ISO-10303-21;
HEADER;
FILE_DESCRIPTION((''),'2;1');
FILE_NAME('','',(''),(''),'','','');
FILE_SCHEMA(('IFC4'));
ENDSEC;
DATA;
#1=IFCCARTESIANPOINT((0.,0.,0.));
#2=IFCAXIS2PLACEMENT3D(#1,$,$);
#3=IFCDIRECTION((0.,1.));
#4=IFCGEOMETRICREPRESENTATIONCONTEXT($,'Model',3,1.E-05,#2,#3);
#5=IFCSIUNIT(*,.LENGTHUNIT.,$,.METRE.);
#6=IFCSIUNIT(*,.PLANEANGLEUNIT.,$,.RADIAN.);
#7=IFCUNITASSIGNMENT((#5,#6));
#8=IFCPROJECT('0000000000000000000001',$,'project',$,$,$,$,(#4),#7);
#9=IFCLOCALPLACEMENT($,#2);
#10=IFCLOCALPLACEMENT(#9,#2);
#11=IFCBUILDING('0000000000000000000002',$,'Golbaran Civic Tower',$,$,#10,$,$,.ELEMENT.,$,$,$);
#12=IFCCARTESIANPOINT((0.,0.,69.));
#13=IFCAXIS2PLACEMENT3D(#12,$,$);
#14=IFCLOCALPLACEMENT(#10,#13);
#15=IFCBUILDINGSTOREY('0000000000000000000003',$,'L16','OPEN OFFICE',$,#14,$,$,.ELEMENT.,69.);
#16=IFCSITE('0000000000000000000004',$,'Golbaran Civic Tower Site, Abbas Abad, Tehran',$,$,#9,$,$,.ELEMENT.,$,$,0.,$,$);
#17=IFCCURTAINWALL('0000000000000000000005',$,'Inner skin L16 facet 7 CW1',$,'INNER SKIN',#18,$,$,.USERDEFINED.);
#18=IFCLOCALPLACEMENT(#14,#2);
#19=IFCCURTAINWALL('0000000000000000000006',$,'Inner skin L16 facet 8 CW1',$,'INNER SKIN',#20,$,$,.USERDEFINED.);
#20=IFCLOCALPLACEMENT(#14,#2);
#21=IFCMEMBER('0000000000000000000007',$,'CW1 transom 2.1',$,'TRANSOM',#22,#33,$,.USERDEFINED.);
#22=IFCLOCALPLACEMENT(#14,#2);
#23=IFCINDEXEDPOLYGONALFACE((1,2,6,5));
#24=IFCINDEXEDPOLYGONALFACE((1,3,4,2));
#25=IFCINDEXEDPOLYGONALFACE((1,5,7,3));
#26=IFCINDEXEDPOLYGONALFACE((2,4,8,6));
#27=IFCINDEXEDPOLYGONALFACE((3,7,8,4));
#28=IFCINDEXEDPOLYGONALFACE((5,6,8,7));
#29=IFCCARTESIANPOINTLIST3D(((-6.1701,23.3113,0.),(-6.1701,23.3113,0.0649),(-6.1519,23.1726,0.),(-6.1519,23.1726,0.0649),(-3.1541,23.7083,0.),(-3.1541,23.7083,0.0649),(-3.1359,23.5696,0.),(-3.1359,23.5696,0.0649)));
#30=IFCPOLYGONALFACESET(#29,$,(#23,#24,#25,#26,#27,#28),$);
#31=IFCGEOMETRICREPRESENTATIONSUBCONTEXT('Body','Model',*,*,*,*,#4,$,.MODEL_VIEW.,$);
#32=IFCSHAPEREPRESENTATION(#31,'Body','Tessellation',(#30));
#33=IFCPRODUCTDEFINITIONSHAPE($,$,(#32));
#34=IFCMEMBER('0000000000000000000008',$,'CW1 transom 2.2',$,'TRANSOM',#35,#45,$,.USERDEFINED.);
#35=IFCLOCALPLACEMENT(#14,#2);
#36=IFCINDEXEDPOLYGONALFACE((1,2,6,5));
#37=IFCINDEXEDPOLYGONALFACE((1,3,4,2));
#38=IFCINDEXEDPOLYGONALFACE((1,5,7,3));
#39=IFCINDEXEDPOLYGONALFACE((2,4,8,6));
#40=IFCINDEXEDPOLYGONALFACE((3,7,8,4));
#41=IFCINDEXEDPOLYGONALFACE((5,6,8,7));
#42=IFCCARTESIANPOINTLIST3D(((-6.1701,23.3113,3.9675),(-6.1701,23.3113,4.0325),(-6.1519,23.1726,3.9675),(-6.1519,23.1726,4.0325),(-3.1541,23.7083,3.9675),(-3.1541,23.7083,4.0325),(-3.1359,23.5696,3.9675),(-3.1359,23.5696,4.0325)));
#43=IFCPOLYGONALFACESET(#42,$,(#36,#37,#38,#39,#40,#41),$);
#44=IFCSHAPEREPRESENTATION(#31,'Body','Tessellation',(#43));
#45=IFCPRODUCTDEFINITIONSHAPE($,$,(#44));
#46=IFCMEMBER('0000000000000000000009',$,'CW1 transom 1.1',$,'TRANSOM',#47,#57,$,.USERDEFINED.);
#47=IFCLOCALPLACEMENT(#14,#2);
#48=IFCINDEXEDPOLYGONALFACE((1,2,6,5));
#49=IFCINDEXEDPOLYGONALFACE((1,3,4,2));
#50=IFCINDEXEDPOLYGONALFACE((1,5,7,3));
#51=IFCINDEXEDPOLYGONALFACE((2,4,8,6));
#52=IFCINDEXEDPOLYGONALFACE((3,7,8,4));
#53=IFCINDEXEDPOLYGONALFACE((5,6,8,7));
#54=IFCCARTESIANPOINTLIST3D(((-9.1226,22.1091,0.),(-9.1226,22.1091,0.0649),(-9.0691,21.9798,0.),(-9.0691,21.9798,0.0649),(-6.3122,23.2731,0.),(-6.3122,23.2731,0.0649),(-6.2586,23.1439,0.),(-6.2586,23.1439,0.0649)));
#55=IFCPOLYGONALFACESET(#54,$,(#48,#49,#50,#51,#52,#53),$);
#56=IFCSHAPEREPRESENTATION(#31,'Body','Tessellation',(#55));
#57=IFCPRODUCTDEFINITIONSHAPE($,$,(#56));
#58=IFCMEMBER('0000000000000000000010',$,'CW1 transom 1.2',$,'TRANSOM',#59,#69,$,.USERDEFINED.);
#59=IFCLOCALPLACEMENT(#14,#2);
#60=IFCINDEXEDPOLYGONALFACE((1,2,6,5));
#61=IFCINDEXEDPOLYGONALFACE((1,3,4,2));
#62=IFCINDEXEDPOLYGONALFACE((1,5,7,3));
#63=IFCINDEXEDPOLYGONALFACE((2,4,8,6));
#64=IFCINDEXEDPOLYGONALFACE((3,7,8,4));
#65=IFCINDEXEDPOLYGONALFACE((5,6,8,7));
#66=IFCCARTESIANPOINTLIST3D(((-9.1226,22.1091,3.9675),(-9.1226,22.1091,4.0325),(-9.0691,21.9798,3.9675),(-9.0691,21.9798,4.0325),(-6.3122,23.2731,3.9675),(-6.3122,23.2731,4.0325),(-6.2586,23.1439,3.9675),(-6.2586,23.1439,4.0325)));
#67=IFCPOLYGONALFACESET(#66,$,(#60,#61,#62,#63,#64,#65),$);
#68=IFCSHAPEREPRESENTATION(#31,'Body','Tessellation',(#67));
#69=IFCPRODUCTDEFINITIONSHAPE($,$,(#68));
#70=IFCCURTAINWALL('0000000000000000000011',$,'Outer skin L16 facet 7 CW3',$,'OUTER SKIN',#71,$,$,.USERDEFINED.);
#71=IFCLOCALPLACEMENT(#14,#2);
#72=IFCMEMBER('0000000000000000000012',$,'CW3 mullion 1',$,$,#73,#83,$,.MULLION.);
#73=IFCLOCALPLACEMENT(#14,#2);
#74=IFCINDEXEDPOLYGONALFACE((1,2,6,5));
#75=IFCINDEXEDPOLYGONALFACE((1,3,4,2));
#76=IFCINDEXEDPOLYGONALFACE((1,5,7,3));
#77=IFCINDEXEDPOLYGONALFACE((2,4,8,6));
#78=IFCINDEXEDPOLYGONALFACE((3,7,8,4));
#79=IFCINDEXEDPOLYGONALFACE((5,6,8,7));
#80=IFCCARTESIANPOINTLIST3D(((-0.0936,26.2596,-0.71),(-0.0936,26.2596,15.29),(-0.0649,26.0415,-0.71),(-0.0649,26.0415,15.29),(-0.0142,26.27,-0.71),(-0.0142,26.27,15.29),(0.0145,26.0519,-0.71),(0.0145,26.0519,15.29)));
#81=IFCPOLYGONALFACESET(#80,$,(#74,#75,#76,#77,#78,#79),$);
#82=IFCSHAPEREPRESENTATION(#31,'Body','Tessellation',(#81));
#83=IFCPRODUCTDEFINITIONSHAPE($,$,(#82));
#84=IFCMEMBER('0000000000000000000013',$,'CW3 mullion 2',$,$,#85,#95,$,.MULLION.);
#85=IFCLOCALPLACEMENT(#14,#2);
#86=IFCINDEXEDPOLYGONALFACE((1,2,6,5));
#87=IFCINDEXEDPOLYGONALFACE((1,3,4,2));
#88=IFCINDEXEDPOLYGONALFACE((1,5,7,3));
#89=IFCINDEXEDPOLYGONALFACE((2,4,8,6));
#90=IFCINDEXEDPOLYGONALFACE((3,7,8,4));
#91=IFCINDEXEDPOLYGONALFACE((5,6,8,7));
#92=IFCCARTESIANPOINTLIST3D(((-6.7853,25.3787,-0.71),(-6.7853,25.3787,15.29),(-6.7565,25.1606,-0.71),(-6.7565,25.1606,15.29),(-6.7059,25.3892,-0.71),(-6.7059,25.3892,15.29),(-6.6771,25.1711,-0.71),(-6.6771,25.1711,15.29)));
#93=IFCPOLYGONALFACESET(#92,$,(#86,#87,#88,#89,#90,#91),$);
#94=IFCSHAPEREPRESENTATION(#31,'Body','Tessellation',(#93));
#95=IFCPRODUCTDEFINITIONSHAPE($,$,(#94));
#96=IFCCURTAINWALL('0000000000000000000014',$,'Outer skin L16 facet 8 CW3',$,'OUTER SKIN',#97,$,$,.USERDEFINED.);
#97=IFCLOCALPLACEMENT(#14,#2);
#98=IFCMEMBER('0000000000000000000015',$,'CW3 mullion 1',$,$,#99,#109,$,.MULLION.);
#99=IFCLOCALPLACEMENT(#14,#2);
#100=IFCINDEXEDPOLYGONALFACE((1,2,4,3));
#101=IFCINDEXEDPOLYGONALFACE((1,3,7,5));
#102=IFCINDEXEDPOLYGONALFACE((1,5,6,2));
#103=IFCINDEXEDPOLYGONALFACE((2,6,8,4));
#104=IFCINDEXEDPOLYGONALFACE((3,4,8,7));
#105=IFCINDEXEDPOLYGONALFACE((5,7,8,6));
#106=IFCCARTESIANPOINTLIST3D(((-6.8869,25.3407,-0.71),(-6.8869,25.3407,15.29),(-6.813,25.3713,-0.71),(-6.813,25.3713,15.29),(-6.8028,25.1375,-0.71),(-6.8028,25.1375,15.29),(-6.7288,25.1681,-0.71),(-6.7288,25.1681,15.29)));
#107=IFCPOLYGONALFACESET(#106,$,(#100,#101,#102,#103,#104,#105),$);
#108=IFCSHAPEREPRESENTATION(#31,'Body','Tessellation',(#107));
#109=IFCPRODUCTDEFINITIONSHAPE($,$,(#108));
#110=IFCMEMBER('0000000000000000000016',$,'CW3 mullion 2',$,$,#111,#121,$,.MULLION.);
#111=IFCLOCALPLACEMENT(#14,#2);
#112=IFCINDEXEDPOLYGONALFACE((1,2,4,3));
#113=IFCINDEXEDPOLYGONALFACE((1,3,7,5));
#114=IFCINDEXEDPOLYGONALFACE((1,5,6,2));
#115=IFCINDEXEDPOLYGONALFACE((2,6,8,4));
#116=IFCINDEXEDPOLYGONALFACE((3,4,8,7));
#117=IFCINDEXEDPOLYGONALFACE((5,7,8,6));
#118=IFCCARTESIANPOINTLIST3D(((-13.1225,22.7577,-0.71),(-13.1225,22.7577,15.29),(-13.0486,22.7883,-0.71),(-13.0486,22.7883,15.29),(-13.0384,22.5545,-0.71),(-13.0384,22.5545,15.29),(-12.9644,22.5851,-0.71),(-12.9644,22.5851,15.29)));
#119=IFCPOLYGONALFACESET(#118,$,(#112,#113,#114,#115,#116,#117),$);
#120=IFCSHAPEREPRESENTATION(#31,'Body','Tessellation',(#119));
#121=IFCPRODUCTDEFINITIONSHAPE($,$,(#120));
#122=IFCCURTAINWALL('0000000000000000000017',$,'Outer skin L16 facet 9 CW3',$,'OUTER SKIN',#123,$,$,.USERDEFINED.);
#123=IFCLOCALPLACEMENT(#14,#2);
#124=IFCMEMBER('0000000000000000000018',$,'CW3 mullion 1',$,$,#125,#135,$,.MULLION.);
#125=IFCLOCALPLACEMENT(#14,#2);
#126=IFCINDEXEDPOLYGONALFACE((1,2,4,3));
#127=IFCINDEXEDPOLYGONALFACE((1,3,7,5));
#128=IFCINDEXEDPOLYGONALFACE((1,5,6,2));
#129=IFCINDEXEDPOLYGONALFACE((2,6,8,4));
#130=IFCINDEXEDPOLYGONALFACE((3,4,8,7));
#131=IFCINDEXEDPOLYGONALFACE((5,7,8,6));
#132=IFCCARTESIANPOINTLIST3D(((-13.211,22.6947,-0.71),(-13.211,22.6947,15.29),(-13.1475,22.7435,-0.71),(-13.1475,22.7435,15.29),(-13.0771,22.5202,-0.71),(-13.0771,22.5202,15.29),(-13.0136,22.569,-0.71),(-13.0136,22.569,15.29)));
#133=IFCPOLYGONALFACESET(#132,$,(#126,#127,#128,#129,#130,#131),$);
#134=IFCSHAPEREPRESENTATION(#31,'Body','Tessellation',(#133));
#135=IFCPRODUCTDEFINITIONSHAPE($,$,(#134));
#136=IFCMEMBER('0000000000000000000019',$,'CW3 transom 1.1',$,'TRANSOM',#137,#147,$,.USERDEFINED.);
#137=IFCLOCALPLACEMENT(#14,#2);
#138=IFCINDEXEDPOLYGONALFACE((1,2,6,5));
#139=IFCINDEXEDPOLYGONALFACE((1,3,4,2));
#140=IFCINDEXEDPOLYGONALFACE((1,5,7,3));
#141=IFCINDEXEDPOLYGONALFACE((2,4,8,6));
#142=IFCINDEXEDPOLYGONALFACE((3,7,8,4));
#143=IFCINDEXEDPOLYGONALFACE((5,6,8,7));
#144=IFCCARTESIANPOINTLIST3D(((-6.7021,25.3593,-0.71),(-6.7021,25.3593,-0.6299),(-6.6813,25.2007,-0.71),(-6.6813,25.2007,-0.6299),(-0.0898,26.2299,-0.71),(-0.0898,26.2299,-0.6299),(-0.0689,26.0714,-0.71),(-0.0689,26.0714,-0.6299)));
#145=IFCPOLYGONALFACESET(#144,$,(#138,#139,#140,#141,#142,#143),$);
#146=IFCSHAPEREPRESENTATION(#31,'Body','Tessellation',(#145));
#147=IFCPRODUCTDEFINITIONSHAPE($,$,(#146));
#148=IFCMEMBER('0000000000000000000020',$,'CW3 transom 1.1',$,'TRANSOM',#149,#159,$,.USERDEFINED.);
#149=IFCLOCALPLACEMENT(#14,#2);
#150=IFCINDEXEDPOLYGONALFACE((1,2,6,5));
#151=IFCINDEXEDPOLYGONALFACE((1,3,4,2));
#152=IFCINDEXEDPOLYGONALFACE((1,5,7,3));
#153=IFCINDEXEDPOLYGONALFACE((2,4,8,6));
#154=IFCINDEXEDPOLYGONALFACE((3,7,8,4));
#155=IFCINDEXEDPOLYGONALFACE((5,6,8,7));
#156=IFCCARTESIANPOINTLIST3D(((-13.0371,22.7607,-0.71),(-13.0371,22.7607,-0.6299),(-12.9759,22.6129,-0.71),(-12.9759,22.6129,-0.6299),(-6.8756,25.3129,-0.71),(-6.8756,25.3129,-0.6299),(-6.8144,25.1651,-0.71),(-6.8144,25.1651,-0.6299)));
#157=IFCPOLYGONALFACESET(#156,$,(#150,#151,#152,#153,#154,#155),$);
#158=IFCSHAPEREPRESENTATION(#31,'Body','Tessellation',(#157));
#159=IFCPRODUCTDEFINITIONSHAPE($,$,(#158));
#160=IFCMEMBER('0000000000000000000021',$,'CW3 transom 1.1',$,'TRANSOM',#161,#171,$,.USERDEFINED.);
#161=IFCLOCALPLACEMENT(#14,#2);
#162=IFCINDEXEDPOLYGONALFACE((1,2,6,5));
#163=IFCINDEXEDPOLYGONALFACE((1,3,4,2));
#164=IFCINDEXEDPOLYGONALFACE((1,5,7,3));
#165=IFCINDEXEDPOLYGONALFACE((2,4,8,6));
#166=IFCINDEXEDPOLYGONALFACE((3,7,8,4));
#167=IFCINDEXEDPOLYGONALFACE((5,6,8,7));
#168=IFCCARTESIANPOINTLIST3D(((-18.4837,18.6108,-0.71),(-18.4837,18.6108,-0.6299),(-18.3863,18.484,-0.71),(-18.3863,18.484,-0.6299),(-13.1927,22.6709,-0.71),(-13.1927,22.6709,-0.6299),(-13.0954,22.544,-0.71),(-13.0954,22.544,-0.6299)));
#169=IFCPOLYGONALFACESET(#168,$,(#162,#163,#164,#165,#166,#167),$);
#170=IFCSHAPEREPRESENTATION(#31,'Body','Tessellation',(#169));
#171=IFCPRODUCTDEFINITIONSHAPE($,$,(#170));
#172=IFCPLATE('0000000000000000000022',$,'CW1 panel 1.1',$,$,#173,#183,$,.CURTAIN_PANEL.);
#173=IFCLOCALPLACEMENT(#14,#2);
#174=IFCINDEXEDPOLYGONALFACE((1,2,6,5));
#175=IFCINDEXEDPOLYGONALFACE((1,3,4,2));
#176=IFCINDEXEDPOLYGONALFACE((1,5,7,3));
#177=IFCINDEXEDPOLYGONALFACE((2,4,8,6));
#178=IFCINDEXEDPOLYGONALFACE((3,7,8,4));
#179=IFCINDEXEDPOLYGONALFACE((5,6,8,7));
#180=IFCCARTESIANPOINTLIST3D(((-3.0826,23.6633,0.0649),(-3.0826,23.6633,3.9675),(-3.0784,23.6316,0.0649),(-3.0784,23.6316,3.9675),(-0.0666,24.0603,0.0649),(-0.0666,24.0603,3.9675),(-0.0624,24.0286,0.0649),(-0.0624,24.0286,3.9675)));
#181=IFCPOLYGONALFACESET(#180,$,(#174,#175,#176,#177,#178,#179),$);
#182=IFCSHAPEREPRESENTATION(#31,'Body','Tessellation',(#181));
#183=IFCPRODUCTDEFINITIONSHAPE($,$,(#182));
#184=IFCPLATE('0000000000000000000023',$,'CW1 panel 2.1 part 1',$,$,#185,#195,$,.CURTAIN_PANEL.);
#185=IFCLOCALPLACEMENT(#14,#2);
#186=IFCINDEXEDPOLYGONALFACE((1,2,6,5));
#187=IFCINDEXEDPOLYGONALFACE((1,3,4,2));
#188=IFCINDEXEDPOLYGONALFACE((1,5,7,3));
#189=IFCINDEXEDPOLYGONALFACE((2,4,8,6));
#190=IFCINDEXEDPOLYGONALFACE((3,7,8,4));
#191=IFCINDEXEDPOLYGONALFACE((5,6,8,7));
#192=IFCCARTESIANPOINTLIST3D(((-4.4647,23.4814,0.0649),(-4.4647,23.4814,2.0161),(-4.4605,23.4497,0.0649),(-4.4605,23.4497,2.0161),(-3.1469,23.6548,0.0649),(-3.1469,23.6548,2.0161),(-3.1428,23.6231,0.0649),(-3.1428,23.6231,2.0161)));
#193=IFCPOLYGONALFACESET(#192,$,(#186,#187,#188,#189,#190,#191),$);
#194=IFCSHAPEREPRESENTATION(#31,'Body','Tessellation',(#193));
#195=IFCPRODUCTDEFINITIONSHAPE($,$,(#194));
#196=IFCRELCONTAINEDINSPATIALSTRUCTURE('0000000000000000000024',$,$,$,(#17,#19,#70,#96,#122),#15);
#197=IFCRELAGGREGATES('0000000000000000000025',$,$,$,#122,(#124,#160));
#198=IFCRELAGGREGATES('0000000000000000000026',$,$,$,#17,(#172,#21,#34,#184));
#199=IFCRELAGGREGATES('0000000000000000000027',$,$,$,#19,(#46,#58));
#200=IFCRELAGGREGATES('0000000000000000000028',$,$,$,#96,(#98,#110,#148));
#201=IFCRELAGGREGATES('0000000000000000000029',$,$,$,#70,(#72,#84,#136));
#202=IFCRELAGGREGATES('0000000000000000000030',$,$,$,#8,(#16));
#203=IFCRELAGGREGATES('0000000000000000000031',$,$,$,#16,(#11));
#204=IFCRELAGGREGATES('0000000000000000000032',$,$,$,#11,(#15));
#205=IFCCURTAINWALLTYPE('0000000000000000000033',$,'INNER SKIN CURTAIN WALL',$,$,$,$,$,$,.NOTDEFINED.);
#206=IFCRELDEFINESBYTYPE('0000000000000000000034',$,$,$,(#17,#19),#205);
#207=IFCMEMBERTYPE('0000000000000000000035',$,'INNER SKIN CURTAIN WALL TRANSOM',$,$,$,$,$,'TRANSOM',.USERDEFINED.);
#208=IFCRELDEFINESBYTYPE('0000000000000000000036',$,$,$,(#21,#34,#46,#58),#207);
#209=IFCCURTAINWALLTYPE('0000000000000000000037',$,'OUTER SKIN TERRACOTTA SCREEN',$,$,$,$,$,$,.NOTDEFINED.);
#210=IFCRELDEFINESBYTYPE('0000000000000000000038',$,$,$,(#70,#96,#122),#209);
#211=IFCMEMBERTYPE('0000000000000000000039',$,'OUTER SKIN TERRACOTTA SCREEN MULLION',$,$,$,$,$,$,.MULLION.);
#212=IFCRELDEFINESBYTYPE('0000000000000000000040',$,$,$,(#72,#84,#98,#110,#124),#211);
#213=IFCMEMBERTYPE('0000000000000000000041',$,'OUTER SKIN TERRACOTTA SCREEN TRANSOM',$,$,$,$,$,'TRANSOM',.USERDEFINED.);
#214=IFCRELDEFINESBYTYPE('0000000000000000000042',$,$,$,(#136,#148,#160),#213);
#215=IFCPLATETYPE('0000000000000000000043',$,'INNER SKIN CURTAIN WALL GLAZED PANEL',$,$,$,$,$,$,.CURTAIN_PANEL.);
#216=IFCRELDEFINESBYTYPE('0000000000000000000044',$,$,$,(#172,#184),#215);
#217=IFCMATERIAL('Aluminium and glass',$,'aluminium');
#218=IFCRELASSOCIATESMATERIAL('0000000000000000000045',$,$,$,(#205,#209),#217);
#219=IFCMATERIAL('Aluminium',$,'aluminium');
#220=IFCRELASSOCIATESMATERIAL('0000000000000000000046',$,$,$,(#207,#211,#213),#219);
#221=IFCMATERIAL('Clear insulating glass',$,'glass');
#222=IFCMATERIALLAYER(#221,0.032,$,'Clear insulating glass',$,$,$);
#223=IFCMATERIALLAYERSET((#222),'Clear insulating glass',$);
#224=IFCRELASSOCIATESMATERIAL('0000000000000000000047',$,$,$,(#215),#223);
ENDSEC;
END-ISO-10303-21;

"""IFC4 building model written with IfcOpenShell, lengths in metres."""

from ifc_helpers import new_model, si_unit, direction, frame, origin, origin_2d, place, context, subcontext, project, spatial, rectangle, extrude, material, layer, layer_set, material_profile, profile_set, type_object, element, aggregate, save


model = new_model("IFC4")

# Units and contexts
model_context = context("Model", 3, precision=1e-05, world=origin(), true_north=direction((0.0, 1.0)))
body_context = subcontext(model_context, "Body", "Model", "MODEL_VIEW")
ifc_project = project(units=[si_unit("LENGTHUNIT", "METRE"), si_unit("PLANEANGLEUNIT", "RADIAN")], contexts=[model_context])

# Site, building, storey
site_placement = place(None, origin())
site = spatial("IfcSite", under=ifc_project, at=site_placement, Name="Golbaran Civic Tower Site, Abbas Abad, Tehran", CompositionType="ELEMENT", RefElevation=0.0)
building_placement = place(site_placement, origin())
building = spatial("IfcBuilding", under=site, at=building_placement, Name="Golbaran Civic Tower", CompositionType="ELEMENT")
storey_placement = place(building_placement, frame((0.0, 0.0, 69.0)))
storey = spatial("IfcBuildingStorey", under=building, at=storey_placement, Name="L16", Description="OPEN OFFICE", CompositionType="ELEMENT", Elevation=69.0)

# Curtain wall
ifc_material_1 = material(Name="Aluminium and glass", Category="aluminium")
curtain_wall_type_1 = type_object("IfcCurtainWallType", Name="INNER SKIN CURTAIN WALL", PredefinedType="NOTDEFINED", material=ifc_material_1)
curtain_wall_1_placement = place(storey_placement, origin())
curtain_wall_1 = element("IfcCurtainWall", 1, at=curtain_wall_1_placement, inside=storey, type_object=curtain_wall_type_1, Name="Inner skin L16 facet 7 CW1", ObjectType="INNER SKIN", PredefinedType="USERDEFINED")
ifc_material_2 = material(Name="Aluminium", Category="aluminium")

# Curtain wall
curtain_wall_2_placement = place(storey_placement, origin())
curtain_wall_2 = element("IfcCurtainWall", 2, at=curtain_wall_2_placement, inside=storey, type_object=curtain_wall_type_1, Name="Inner skin L16 facet 8 CW1", ObjectType="INNER SKIN", PredefinedType="USERDEFINED")

# Members
ifc_material_profile_1 = material_profile(ifc_material_2, rectangle(XDim=0.1399, YDim=0.0649, at=origin_2d()), Name="INNER SKIN CURTAIN WALL TRANSOM")
ifc_profile_set_1 = profile_set([ifc_material_profile_1], Name="Aluminium")
member_type_1 = type_object("IfcMemberType", Name="INNER SKIN CURTAIN WALL TRANSOM", ElementType="TRANSOM", PredefinedType="USERDEFINED", material=ifc_profile_set_1)
member_1_placement = place(storey_placement, frame((-3.145, 23.6389, 0.0325), z_axis=(-0.991448, -0.130502, 0.0), x_axis=(0.130502, -0.991448, 0.0)))
member_1 = element("IfcMember", 3, at=member_1_placement, type_object=member_type_1, Name="CW1 transom 2.1", ObjectType="TRANSOM", PredefinedType="USERDEFINED", context=body_context, shape_type="SweptSolid", body=[
    extrude(rectangle(XDim=0.1399, YDim=0.0649, at=origin_2d()), origin(), (0.0, 0.0, 1.0), 3.042),
])
member_2_placement = place(storey_placement, frame((-3.145, 23.6389, 4.0), z_axis=(-0.991448, -0.130502, 0.0), x_axis=(0.130502, -0.991448, 0.0)))
member_2 = element("IfcMember", 4, at=member_2_placement, type_object=member_type_1, Name="CW1 transom 2.2", ObjectType="TRANSOM", PredefinedType="USERDEFINED", context=body_context, shape_type="SweptSolid", body=[
    extrude(rectangle(XDim=0.1399, YDim=0.0649, at=origin_2d()), origin(), (0.0, 0.0, 1.0), 3.042),
])
member_3_placement = place(storey_placement, frame((-6.2854, 23.2085, 0.0325), z_axis=(-0.923892, -0.382654, 0.0), x_axis=(0.382654, -0.923892, 0.0)))
member_3 = element("IfcMember", 5, at=member_3_placement, type_object=member_type_1, Name="CW1 transom 1.1", ObjectType="TRANSOM", PredefinedType="USERDEFINED", context=body_context, shape_type="SweptSolid", body=[
    extrude(rectangle(XDim=0.1399, YDim=0.0649, at=origin_2d()), origin(), (0.0, 0.0, 1.0), 3.042),
])
member_4_placement = place(storey_placement, frame((-6.2854, 23.2085, 4.0), z_axis=(-0.923892, -0.382654, 0.0), x_axis=(0.382654, -0.923892, 0.0)))
member_4 = element("IfcMember", 6, at=member_4_placement, type_object=member_type_1, Name="CW1 transom 1.2", ObjectType="TRANSOM", PredefinedType="USERDEFINED", context=body_context, shape_type="SweptSolid", body=[
    extrude(rectangle(XDim=0.1399, YDim=0.0649, at=origin_2d()), origin(), (0.0, 0.0, 1.0), 3.042),
])

# Curtain walls, members
curtain_wall_type_2 = type_object("IfcCurtainWallType", Name="OUTER SKIN TERRACOTTA SCREEN", PredefinedType="NOTDEFINED", material=ifc_material_1)
curtain_wall_3_placement = place(storey_placement, origin())
curtain_wall_3 = element("IfcCurtainWall", 7, at=curtain_wall_3_placement, inside=storey, type_object=curtain_wall_type_2, Name="Outer skin L16 facet 7 CW3", ObjectType="OUTER SKIN", PredefinedType="USERDEFINED")
ifc_material_profile_2 = material_profile(ifc_material_2, rectangle(XDim=0.22, YDim=0.0801, at=origin_2d()), Name="OUTER SKIN TERRACOTTA SCREEN MULLION")
ifc_profile_set_2 = profile_set([ifc_material_profile_2], Name="Aluminium")
member_type_2 = type_object("IfcMemberType", Name="OUTER SKIN TERRACOTTA SCREEN MULLION", PredefinedType="MULLION", material=ifc_profile_set_2)
member_5_placement = place(storey_placement, frame((-0.0396, 26.1558, -0.71), z_axis=(0.0, 0.0, 1.0), x_axis=(0.130526, -0.991445, 0.0)))
member_5 = element("IfcMember", 8, at=member_5_placement, type_object=member_type_2, Name="CW3 mullion 1", PredefinedType="MULLION", context=body_context, shape_type="SweptSolid", body=[
    extrude(rectangle(XDim=0.22, YDim=0.0801, at=origin_2d()), origin(), (0.0, 0.0, 1.0), 16.0),
])
member_6_placement = place(storey_placement, frame((-6.7312, 25.2749, -0.71), z_axis=(0.0, 0.0, 1.0), x_axis=(0.130526, -0.991445, 0.0)))
member_6 = element("IfcMember", 9, at=member_6_placement, type_object=member_type_2, Name="CW3 mullion 2", PredefinedType="MULLION", context=body_context, shape_type="SweptSolid", body=[
    extrude(rectangle(XDim=0.22, YDim=0.0801, at=origin_2d()), origin(), (0.0, 0.0, 1.0), 16.0),
])
curtain_wall_4_placement = place(storey_placement, origin())
curtain_wall_4 = element("IfcCurtainWall", 10, at=curtain_wall_4_placement, inside=storey, type_object=curtain_wall_type_2, Name="Outer skin L16 facet 8 CW3", ObjectType="OUTER SKIN", PredefinedType="USERDEFINED")
member_7_placement = place(storey_placement, frame((-6.8079, 25.2544, -0.71), z_axis=(0.0, 0.0, 1.0), x_axis=(0.382683, -0.92388, 0.0)))
member_7 = element("IfcMember", 11, at=member_7_placement, type_object=member_type_2, Name="CW3 mullion 1", PredefinedType="MULLION", context=body_context, shape_type="SweptSolid", body=[
    extrude(rectangle(XDim=0.22, YDim=0.0801, at=origin_2d()), origin(), (0.0, 0.0, 1.0), 16.0),
])
member_8_placement = place(storey_placement, frame((-13.0435, 22.6714, -0.71), z_axis=(0.0, 0.0, 1.0), x_axis=(0.382683, -0.92388, 0.0)))
member_8 = element("IfcMember", 12, at=member_8_placement, type_object=member_type_2, Name="CW3 mullion 2", PredefinedType="MULLION", context=body_context, shape_type="SweptSolid", body=[
    extrude(rectangle(XDim=0.22, YDim=0.0801, at=origin_2d()), origin(), (0.0, 0.0, 1.0), 16.0),
])

# Curtain wall, member
curtain_wall_5_placement = place(storey_placement, origin())
curtain_wall_5 = element("IfcCurtainWall", 13, at=curtain_wall_5_placement, inside=storey, type_object=curtain_wall_type_2, Name="Outer skin L16 facet 9 CW3", ObjectType="OUTER SKIN", PredefinedType="USERDEFINED")
member_9_placement = place(storey_placement, frame((-13.1123, 22.6318, -0.71), z_axis=(0.0, 0.0, 1.0), x_axis=(0.608761, -0.793353, 0.0)))
member_9 = element("IfcMember", 14, at=member_9_placement, type_object=member_type_2, Name="CW3 mullion 1", PredefinedType="MULLION", context=body_context, shape_type="SweptSolid", body=[
    extrude(rectangle(XDim=0.22, YDim=0.0801, at=origin_2d()), origin(), (0.0, 0.0, 1.0), 16.0),
])

# Members
ifc_material_profile_3 = material_profile(ifc_material_2, rectangle(XDim=0.1599, YDim=0.0801, at=origin_2d()), Name="OUTER SKIN TERRACOTTA SCREEN TRANSOM")
ifc_profile_set_3 = profile_set([ifc_material_profile_3], Name="Aluminium")
member_type_3 = type_object("IfcMemberType", Name="OUTER SKIN TERRACOTTA SCREEN TRANSOM", ElementType="TRANSOM", PredefinedType="USERDEFINED", material=ifc_profile_set_3)
member_10_placement = place(storey_placement, frame((-0.0793, 26.1506, -0.6699), z_axis=(-0.991443, -0.130538, 0.0), x_axis=(0.130538, -0.991443, 0.0)))
member_10 = element("IfcMember", 15, at=member_10_placement, type_object=member_type_3, Name="CW3 transom 1.1", ObjectType="TRANSOM", PredefinedType="USERDEFINED", context=body_context, shape_type="SweptSolid", body=[
    extrude(rectangle(XDim=0.1599, YDim=0.0801, at=origin_2d()), origin(), (0.0, 0.0, 1.0), 6.6694),
])
member_11_placement = place(storey_placement, frame((-6.845, 25.239, -0.6699), z_axis=(-0.923879, -0.382686, 0.0), x_axis=(0.382686, -0.923879, 0.0)))
member_11 = element("IfcMember", 16, at=member_11_placement, type_object=member_type_3, Name="CW3 transom 1.1", ObjectType="TRANSOM", PredefinedType="USERDEFINED", context=body_context, shape_type="SweptSolid", body=[
    extrude(rectangle(XDim=0.1599, YDim=0.0801, at=origin_2d()), origin(), (0.0, 0.0, 1.0), 6.6692),
])
member_12_placement = place(storey_placement, frame((-13.144, 22.6074, -0.6699), z_axis=(-0.793345, -0.608773, 0.0), x_axis=(0.608773, -0.793345, 0.0)))
member_12 = element("IfcMember", 17, at=member_12_placement, type_object=member_type_3, Name="CW3 transom 1.1", ObjectType="TRANSOM", PredefinedType="USERDEFINED", context=body_context, shape_type="SweptSolid", body=[
    extrude(rectangle(XDim=0.1599, YDim=0.0801, at=origin_2d()), origin(), (0.0, 0.0, 1.0), 6.6692),
])
aggregate(curtain_wall_5, [member_9, member_12])

# Plates
ifc_material_3 = material(Name="Clear insulating glass", Category="glass")
ifc_layer_1 = layer(ifc_material_3, 0.032, Name="Clear insulating glass")
ifc_layer_set_1 = layer_set([ifc_layer_1], Name="Clear insulating glass")
plate_type_1 = type_object("IfcPlateType", Name="INNER SKIN CURTAIN WALL GLAZED PANEL", PredefinedType="CURTAIN_PANEL", material=ifc_layer_set_1)
plate_1_placement = place(storey_placement, frame((-1.5725, 23.8459, 0.0649), z_axis=(0.0, 0.0, 1.0), x_axis=(-0.991445, -0.130526, 0.0)))
plate_1 = element("IfcPlate", 18, at=plate_1_placement, type_object=plate_type_1, Name="CW1 panel 1.1", PredefinedType="CURTAIN_PANEL", context=body_context, shape_type="SweptSolid", body=[
    extrude(rectangle(XDim=3.042, YDim=0.032, at=origin_2d()), origin(), (0.0, 0.0, 1.0), 3.9026),
])
plate_2_placement = place(storey_placement, frame((-3.8037, 23.5522, 0.0649), z_axis=(0.0, 0.0, 1.0), x_axis=(-0.991445, -0.130526, 0.0)))
plate_2 = element("IfcPlate", 19, at=plate_2_placement, type_object=plate_type_1, Name="CW1 panel 2.1 part 1", PredefinedType="CURTAIN_PANEL", context=body_context, shape_type="SweptSolid", body=[
    extrude(rectangle(XDim=1.3291, YDim=0.032, at=origin_2d()), origin(), (0.0, 0.0, 1.0), 1.9512),
])
aggregate(curtain_wall_1, [plate_1, member_1, member_2, plate_2])
aggregate(curtain_wall_2, [member_3, member_4])
aggregate(curtain_wall_4, [member_7, member_8, member_11])
aggregate(curtain_wall_3, [member_5, member_6, member_10])

save(model, "model.ifc")
